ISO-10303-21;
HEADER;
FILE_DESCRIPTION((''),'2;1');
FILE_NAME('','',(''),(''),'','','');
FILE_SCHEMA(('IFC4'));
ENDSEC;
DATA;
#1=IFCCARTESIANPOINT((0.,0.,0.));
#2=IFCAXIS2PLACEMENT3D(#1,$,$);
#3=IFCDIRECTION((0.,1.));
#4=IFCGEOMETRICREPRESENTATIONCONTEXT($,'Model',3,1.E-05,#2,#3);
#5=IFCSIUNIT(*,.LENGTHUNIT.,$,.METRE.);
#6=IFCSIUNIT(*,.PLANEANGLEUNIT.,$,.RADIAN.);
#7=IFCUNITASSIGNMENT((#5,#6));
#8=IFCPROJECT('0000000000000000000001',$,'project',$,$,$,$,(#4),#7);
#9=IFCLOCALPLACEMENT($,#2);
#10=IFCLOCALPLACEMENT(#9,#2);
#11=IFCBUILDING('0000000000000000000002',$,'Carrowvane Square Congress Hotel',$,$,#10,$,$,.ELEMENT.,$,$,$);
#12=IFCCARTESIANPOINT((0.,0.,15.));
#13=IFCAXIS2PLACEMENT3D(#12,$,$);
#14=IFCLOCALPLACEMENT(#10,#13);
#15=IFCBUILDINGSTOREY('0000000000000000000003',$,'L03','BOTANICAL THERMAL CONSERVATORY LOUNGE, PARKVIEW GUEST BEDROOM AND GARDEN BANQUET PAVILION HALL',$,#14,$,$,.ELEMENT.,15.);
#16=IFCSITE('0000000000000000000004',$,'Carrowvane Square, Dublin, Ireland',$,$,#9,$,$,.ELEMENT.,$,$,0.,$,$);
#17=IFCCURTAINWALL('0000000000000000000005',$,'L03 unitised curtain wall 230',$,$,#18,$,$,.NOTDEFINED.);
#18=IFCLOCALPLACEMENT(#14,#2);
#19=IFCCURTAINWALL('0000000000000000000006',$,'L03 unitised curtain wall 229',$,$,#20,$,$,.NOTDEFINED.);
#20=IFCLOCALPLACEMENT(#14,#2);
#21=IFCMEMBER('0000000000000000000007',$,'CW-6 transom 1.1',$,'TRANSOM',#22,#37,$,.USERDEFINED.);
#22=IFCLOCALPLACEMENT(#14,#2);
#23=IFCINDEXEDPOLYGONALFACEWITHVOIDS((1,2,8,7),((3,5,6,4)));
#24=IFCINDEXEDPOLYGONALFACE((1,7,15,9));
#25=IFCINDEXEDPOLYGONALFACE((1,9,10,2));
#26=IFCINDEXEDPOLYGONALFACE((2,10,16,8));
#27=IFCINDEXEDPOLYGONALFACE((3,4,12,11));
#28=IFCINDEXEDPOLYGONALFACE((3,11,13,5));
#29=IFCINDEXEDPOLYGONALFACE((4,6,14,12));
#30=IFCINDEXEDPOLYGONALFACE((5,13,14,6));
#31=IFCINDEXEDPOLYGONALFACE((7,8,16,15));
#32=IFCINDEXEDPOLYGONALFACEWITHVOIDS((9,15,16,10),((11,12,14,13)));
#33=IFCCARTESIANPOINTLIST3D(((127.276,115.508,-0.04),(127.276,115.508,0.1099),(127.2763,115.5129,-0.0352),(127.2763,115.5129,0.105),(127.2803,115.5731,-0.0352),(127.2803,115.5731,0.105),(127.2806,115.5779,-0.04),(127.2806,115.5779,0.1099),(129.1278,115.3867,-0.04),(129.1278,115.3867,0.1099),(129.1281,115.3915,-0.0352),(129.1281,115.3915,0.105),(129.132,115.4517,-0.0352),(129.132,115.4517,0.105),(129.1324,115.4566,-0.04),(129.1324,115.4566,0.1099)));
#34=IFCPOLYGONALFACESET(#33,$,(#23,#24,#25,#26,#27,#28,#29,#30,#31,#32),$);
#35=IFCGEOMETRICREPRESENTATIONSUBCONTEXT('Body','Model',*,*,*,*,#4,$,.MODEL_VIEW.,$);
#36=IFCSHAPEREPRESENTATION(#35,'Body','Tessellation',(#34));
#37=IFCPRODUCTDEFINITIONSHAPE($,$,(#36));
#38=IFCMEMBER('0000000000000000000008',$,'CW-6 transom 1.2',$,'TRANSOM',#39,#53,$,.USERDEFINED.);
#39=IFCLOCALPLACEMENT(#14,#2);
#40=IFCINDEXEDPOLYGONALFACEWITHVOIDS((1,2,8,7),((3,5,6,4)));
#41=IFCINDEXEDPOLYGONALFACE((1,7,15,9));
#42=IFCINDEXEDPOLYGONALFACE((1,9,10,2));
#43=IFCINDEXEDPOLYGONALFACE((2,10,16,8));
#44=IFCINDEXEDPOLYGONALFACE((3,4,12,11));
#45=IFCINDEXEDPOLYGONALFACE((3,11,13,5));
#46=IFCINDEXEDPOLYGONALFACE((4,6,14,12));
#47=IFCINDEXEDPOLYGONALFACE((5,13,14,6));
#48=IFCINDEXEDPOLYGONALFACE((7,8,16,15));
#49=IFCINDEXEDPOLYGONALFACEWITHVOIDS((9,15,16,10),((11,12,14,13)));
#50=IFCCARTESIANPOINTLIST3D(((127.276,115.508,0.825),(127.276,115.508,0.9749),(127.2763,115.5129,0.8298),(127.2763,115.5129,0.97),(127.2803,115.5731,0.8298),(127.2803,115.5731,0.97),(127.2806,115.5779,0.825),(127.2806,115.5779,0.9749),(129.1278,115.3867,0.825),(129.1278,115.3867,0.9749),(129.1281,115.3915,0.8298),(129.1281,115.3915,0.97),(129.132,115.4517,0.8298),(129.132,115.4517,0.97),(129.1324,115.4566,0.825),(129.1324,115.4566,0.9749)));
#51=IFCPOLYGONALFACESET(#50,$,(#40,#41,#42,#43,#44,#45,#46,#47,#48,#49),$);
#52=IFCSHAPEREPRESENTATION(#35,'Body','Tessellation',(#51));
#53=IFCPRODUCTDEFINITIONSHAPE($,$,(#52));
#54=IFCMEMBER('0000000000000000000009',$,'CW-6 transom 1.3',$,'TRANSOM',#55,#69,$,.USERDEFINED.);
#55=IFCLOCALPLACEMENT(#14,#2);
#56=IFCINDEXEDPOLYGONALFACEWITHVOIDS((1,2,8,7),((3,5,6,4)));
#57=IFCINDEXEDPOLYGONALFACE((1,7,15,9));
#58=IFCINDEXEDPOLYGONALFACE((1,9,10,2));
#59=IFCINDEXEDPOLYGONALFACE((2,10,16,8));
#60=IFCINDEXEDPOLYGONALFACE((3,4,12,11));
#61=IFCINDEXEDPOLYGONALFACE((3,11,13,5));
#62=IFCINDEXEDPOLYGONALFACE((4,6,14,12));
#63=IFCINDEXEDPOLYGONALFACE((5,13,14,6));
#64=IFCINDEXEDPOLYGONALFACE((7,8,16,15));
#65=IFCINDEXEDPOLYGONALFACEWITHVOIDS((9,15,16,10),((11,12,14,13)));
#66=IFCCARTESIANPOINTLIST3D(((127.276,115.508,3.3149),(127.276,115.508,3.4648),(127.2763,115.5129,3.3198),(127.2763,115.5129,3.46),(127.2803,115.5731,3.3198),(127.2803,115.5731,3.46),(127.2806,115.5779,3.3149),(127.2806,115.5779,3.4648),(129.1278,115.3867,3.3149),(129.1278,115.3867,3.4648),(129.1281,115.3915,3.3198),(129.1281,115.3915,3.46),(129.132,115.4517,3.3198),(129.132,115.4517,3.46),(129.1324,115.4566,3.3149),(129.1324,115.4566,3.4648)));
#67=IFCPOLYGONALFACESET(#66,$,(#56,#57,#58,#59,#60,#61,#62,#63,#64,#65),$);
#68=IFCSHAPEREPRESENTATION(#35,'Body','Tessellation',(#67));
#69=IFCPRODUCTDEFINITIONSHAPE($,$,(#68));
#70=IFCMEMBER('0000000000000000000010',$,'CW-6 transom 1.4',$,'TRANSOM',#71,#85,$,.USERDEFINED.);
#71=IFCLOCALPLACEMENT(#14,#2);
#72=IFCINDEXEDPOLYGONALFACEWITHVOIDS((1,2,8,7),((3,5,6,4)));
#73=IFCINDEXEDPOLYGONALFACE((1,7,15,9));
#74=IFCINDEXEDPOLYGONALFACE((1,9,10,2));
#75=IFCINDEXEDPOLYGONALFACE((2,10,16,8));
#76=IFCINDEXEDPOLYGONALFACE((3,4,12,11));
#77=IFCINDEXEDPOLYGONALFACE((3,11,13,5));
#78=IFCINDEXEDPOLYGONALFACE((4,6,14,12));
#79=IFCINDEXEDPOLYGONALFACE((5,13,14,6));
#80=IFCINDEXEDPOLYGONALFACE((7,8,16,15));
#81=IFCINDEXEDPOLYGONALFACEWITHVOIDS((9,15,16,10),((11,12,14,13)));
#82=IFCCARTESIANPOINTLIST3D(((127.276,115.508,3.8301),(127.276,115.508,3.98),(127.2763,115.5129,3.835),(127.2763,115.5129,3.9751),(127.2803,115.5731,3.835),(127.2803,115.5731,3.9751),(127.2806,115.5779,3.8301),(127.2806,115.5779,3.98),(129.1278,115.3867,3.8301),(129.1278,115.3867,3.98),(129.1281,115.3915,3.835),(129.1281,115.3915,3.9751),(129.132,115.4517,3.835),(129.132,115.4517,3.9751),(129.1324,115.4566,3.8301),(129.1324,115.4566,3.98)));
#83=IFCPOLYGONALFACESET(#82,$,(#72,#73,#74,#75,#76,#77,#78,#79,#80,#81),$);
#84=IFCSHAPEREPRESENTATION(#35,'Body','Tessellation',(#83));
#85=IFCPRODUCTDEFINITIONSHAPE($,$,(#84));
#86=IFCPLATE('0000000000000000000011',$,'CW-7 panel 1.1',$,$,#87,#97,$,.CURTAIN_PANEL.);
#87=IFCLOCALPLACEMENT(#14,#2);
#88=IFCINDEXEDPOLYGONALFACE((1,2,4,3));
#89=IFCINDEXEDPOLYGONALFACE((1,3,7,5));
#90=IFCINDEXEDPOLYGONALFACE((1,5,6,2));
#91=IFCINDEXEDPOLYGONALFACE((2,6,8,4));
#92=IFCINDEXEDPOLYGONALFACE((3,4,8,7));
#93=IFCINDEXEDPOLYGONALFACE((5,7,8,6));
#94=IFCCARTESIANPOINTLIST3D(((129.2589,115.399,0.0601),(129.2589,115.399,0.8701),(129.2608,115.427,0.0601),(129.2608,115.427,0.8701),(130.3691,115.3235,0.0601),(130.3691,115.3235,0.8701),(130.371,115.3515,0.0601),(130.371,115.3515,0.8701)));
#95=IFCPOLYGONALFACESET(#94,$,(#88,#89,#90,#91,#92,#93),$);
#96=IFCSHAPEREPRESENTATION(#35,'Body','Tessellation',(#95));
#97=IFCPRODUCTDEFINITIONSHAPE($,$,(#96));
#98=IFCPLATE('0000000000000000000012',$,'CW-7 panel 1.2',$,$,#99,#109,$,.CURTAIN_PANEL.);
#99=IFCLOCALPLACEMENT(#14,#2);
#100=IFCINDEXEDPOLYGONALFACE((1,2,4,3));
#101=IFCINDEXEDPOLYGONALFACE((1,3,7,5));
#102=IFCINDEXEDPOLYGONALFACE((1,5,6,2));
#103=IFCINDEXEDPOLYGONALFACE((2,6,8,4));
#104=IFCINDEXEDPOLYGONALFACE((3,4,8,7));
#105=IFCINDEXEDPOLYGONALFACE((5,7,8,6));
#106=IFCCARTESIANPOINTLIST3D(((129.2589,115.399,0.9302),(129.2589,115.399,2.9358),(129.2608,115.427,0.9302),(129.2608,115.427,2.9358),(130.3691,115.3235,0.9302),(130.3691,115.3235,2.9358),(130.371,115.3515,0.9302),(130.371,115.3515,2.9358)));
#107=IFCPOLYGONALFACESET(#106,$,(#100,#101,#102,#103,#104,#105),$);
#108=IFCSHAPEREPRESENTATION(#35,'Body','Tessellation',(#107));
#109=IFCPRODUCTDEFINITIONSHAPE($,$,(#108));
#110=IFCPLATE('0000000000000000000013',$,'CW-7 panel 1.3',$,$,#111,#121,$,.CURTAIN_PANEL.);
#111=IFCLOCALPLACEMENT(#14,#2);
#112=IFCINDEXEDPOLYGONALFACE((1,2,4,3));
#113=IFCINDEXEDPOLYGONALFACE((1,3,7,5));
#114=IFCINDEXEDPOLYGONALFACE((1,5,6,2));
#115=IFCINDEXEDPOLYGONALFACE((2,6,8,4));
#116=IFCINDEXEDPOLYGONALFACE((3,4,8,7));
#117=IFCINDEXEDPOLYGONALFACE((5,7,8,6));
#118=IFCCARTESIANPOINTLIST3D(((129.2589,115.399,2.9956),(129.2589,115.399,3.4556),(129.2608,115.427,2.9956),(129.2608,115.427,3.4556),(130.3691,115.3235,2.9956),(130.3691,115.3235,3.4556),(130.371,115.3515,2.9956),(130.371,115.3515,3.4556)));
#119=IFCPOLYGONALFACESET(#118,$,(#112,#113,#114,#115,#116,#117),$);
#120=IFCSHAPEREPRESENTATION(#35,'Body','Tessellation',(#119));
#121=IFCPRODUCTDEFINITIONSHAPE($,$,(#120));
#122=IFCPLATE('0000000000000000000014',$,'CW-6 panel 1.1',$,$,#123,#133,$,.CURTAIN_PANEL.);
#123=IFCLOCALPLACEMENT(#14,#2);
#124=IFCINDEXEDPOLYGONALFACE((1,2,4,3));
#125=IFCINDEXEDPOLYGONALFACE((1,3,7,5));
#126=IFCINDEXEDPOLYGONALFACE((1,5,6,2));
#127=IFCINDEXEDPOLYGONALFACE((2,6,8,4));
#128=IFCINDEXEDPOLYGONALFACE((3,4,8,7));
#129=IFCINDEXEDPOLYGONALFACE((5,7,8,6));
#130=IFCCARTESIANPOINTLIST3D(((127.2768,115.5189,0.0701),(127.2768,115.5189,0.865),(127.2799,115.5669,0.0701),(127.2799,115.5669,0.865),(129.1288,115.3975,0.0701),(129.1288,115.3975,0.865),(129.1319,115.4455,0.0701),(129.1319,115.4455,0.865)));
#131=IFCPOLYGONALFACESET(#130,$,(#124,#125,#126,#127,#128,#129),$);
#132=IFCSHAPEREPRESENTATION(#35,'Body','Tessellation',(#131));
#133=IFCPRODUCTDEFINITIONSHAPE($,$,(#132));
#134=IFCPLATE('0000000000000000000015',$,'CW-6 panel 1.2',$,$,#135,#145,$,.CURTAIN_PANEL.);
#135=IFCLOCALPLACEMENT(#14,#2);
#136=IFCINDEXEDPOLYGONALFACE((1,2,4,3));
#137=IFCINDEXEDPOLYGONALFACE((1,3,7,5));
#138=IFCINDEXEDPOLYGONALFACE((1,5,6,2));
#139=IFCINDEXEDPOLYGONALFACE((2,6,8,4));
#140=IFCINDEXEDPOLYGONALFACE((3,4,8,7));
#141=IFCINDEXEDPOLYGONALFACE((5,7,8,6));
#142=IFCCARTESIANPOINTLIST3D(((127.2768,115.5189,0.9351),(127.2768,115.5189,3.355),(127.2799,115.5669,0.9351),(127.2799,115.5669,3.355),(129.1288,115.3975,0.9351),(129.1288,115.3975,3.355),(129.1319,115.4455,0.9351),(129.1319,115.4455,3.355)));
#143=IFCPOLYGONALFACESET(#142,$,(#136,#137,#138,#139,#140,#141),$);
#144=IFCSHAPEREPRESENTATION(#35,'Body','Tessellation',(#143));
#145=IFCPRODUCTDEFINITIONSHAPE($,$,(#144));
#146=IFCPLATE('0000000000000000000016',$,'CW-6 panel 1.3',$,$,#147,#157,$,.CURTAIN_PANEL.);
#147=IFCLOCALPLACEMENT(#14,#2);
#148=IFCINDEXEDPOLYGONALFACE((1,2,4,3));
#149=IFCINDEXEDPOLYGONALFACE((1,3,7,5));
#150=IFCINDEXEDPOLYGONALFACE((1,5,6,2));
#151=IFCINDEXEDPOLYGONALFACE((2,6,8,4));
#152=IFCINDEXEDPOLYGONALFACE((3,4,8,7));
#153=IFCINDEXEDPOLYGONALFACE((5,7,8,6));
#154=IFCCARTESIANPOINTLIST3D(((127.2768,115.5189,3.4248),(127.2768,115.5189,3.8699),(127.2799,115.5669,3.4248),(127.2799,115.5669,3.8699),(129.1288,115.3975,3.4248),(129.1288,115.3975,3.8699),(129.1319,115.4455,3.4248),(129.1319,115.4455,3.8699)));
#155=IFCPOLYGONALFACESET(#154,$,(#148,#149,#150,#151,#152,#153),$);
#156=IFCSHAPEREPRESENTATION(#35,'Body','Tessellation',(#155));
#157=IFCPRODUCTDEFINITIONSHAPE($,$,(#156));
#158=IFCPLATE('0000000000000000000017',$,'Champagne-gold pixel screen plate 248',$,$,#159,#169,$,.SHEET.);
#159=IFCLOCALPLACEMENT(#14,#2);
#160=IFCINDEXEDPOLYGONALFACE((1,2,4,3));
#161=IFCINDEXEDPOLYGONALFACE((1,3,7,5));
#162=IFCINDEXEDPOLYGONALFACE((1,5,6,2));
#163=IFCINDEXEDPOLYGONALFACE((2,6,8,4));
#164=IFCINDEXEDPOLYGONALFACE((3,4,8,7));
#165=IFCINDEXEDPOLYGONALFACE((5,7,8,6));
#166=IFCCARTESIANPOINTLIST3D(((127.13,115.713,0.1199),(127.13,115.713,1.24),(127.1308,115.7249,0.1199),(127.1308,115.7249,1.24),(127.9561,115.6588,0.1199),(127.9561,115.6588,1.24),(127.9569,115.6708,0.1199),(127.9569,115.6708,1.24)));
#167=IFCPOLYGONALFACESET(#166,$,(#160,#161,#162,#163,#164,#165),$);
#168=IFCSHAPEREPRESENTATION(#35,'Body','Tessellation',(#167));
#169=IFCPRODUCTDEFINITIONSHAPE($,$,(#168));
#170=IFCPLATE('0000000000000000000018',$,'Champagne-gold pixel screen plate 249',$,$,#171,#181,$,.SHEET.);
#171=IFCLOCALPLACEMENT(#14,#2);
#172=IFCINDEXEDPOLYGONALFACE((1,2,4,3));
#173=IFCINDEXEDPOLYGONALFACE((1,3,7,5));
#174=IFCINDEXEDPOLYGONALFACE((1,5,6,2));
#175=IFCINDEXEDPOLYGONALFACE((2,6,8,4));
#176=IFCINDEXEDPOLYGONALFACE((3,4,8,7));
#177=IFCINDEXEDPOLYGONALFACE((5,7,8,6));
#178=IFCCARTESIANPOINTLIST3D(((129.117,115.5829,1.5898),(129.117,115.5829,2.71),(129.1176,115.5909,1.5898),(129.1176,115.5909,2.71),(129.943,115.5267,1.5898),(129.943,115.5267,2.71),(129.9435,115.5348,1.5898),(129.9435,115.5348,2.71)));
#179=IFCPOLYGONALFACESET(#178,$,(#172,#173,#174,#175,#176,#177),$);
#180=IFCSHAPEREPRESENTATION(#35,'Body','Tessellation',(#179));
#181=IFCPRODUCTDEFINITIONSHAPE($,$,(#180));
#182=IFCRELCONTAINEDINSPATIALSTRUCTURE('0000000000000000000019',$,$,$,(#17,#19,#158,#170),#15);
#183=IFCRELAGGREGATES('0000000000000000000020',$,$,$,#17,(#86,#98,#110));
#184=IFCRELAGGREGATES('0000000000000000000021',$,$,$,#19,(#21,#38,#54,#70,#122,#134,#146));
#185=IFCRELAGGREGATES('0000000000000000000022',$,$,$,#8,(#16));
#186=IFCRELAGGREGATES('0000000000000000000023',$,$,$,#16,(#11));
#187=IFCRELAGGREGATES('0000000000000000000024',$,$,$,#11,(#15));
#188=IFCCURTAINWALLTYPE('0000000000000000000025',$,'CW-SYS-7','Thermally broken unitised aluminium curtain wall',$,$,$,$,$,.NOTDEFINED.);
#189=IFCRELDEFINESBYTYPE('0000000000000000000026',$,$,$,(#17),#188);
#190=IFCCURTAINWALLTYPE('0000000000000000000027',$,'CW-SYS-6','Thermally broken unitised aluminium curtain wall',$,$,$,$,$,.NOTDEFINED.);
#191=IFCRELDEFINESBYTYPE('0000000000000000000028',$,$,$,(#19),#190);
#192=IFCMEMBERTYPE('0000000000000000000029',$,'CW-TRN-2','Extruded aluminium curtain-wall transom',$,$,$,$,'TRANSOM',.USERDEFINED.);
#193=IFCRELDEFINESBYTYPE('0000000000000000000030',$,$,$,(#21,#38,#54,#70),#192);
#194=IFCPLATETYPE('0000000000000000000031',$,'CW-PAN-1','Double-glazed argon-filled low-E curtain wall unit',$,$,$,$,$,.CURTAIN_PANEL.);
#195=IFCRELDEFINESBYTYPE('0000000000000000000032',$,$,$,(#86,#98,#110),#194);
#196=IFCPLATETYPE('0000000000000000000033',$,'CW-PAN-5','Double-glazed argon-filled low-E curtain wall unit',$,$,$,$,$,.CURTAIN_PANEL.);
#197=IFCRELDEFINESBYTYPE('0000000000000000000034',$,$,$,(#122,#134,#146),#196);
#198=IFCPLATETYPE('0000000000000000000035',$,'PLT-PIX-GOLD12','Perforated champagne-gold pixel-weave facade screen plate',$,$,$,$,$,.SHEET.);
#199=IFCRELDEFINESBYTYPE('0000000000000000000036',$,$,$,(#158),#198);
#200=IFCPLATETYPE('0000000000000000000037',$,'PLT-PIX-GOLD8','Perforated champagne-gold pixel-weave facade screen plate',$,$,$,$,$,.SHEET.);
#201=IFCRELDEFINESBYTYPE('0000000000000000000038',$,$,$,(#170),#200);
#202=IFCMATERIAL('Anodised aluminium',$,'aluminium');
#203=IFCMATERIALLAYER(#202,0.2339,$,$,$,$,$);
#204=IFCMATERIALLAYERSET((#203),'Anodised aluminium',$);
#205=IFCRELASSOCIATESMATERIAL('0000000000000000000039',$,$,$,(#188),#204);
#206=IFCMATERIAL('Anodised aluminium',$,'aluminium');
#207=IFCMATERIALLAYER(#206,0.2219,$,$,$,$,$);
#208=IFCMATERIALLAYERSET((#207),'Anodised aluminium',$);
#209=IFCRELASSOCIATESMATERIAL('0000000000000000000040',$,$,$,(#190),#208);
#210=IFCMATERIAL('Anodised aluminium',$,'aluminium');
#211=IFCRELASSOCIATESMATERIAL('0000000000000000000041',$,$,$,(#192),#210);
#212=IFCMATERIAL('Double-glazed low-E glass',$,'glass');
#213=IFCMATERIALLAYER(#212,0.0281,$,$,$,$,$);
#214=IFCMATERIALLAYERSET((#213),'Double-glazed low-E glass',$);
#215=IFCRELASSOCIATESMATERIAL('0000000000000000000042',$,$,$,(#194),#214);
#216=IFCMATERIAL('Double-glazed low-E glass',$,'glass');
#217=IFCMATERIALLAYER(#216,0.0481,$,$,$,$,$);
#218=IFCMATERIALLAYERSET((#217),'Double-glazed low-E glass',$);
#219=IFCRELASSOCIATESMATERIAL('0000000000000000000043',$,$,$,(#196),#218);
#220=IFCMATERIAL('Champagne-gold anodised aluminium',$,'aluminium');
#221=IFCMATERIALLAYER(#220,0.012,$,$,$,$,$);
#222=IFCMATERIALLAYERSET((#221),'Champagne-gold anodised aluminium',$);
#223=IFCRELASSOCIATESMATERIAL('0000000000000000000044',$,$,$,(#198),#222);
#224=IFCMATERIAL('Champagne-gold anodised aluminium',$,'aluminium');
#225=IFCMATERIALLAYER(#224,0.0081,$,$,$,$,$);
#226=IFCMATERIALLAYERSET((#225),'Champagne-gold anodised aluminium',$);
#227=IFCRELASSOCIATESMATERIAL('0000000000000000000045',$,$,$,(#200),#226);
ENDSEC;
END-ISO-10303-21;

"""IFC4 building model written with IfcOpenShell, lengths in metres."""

from ifc_helpers import new_model, si_unit, direction, frame, origin, origin_2d, place, context, subcontext, project, spatial, rectangle, hollow_rectangle, extrude, material, layer, layer_set, material_profile, profile_set, type_object, element, aggregate, save


model = new_model("IFC4")

# Units and contexts
model_context = context("Model", 3, precision=1e-05, world=origin(), true_north=direction((0.0, 1.0)))
body_context = subcontext(model_context, "Body", "Model", "MODEL_VIEW")
ifc_project = project(units=[si_unit("LENGTHUNIT", "METRE"), si_unit("PLANEANGLEUNIT", "RADIAN")], contexts=[model_context])

# Site, building, storey
site_placement = place(None, origin())
site = spatial("IfcSite", under=ifc_project, at=site_placement, Name="Carrowvane Square, Dublin, Ireland", CompositionType="ELEMENT", RefElevation=0.0)
building_placement = place(site_placement, origin())
building = spatial("IfcBuilding", under=site, at=building_placement, Name="Carrowvane Square Congress Hotel", CompositionType="ELEMENT")
storey_placement = place(building_placement, frame((0.0, 0.0, 15.0)))
storey = spatial("IfcBuildingStorey", under=building, at=storey_placement, Name="L03", Description="BOTANICAL THERMAL CONSERVATORY LOUNGE, PARKVIEW GUEST BEDROOM AND GARDEN BANQUET PAVILION HALL", CompositionType="ELEMENT", Elevation=15.0)

# Curtain walls
ifc_material_1 = material(Name="Anodised aluminium", Category="aluminium")
ifc_layer_1 = layer(ifc_material_1, 0.2339)
ifc_layer_set_1 = layer_set([ifc_layer_1], Name="Anodised aluminium")
curtain_wall_type_1 = type_object("IfcCurtainWallType", Name="CW-SYS-7", Description="Thermally broken unitised aluminium curtain wall", PredefinedType="NOTDEFINED", material=ifc_layer_set_1)
curtain_wall_1_placement = place(storey_placement, origin())
curtain_wall_1 = element("IfcCurtainWall", 1, at=curtain_wall_1_placement, inside=storey, type_object=curtain_wall_type_1, Name="L03 unitised curtain wall 230", PredefinedType="NOTDEFINED")
ifc_material_2 = material(Name="Anodised aluminium", Category="aluminium")
ifc_layer_2 = layer(ifc_material_2, 0.2219)
ifc_layer_set_2 = layer_set([ifc_layer_2], Name="Anodised aluminium")
curtain_wall_type_2 = type_object("IfcCurtainWallType", Name="CW-SYS-6", Description="Thermally broken unitised aluminium curtain wall", PredefinedType="NOTDEFINED", material=ifc_layer_set_2)
curtain_wall_2_placement = place(storey_placement, origin())
curtain_wall_2 = element("IfcCurtainWall", 2, at=curtain_wall_2_placement, inside=storey, type_object=curtain_wall_type_2, Name="L03 unitised curtain wall 229", PredefinedType="NOTDEFINED")

# Members
ifc_material_3 = material(Name="Anodised aluminium", Category="aluminium")
ifc_material_profile_1 = material_profile(ifc_material_3, hollow_rectangle(XDim=0.0701, YDim=0.1499, WallThickness=0.0049, at=origin_2d()), Name="CW-TR 70x150x5")
ifc_profile_set_1 = profile_set([ifc_material_profile_1], Name="Anodised aluminium")
member_type_1 = type_object("IfcMemberType", Name="CW-TRN-2", Description="Extruded aluminium curtain-wall transom", ElementType="TRANSOM", PredefinedType="USERDEFINED", material=ifc_profile_set_1)
member_1_placement = place(storey_placement, frame((127.2783, 115.543, 0.0349), z_axis=(0.99786, -0.065384, 0.0), x_axis=(0.065384, 0.99786, 0.0)))
member_1 = element("IfcMember", 3, at=member_1_placement, type_object=member_type_1, Name="CW-6 transom 1.1", ObjectType="TRANSOM", PredefinedType="USERDEFINED", context=body_context, shape_type="SweptSolid", body=[
    extrude(hollow_rectangle(XDim=0.0701, YDim=0.1499, WallThickness=0.0049, at=origin_2d()), origin(), (0.0, 0.0, 1.0), 1.8557),
])
member_2_placement = place(storey_placement, frame((127.2783, 115.543, 0.8999), z_axis=(0.99786, -0.065384, 0.0), x_axis=(0.065384, 0.99786, 0.0)))
member_2 = element("IfcMember", 4, at=member_2_placement, type_object=member_type_1, Name="CW-6 transom 1.2", ObjectType="TRANSOM", PredefinedType="USERDEFINED", context=body_context, shape_type="SweptSolid", body=[
    extrude(hollow_rectangle(XDim=0.0701, YDim=0.1499, WallThickness=0.0049, at=origin_2d()), origin(), (0.0, 0.0, 1.0), 1.8557),
])
member_3_placement = place(storey_placement, frame((127.2783, 115.543, 3.3899), z_axis=(0.99786, -0.065384, 0.0), x_axis=(0.065384, 0.99786, 0.0)))
member_3 = element("IfcMember", 5, at=member_3_placement, type_object=member_type_1, Name="CW-6 transom 1.3", ObjectType="TRANSOM", PredefinedType="USERDEFINED", context=body_context, shape_type="SweptSolid", body=[
    extrude(hollow_rectangle(XDim=0.0701, YDim=0.1499, WallThickness=0.0049, at=origin_2d()), origin(), (0.0, 0.0, 1.0), 1.8557),
])
member_4_placement = place(storey_placement, frame((127.2783, 115.543, 3.905), z_axis=(0.99786, -0.065384, 0.0), x_axis=(0.065384, 0.99786, 0.0)))
member_4 = element("IfcMember", 6, at=member_4_placement, type_object=member_type_1, Name="CW-6 transom 1.4", ObjectType="TRANSOM", PredefinedType="USERDEFINED", context=body_context, shape_type="SweptSolid", body=[
    extrude(hollow_rectangle(XDim=0.0701, YDim=0.1499, WallThickness=0.0049, at=origin_2d()), origin(), (0.0, 0.0, 1.0), 1.8557),
])

# Plates
ifc_material_4 = material(Name="Double-glazed low-E glass", Category="glass")
ifc_layer_3 = layer(ifc_material_4, 0.0281)
ifc_layer_set_3 = layer_set([ifc_layer_3], Name="Double-glazed low-E glass")
plate_type_1 = type_object("IfcPlateType", Name="CW-PAN-1", Description="Double-glazed argon-filled low-E curtain wall unit", PredefinedType="CURTAIN_PANEL", material=ifc_layer_set_3)
plate_1_placement = place(storey_placement, frame((129.8149, 115.3752, 0.0601), z_axis=(0.0, 0.0, 1.0), x_axis=(0.997694, -0.06787, 0.0)))
plate_1 = element("IfcPlate", 7, at=plate_1_placement, type_object=plate_type_1, Name="CW-7 panel 1.1", PredefinedType="CURTAIN_PANEL", context=body_context, shape_type="SweptSolid", body=[
    extrude(rectangle(XDim=1.1128, YDim=0.0281, at=origin_2d()), origin(), (0.0, 0.0, 1.0), 0.8101),
])
plate_2_placement = place(storey_placement, frame((129.8149, 115.3752, 0.9302), z_axis=(0.0, 0.0, 1.0), x_axis=(0.997694, -0.06787, 0.0)))
plate_2 = element("IfcPlate", 8, at=plate_2_placement, type_object=plate_type_1, Name="CW-7 panel 1.2", PredefinedType="CURTAIN_PANEL", context=body_context, shape_type="SweptSolid", body=[
    extrude(rectangle(XDim=1.1128, YDim=0.0281, at=origin_2d()), origin(), (0.0, 0.0, 1.0), 2.0056),
])
plate_3_placement = place(storey_placement, frame((129.8149, 115.3752, 2.9956), z_axis=(0.0, 0.0, 1.0), x_axis=(0.997694, -0.06787, 0.0)))
plate_3 = element("IfcPlate", 9, at=plate_3_placement, type_object=plate_type_1, Name="CW-7 panel 1.3", PredefinedType="CURTAIN_PANEL", context=body_context, shape_type="SweptSolid", body=[
    extrude(rectangle(XDim=1.1128, YDim=0.0281, at=origin_2d()), origin(), (0.0, 0.0, 1.0), 0.46),
])
aggregate(curtain_wall_1, [plate_1, plate_2, plate_3])
ifc_material_5 = material(Name="Double-glazed low-E glass", Category="glass")
ifc_layer_4 = layer(ifc_material_5, 0.0481)
ifc_layer_set_4 = layer_set([ifc_layer_4], Name="Double-glazed low-E glass")
plate_type_2 = type_object("IfcPlateType", Name="CW-PAN-5", Description="Double-glazed argon-filled low-E curtain wall unit", PredefinedType="CURTAIN_PANEL", material=ifc_layer_set_4)
plate_4_placement = place(storey_placement, frame((128.2043, 115.4822, 0.0701), z_axis=(0.0, 0.0, 1.0), x_axis=(0.997858, -0.065414, 0.0)))
plate_4 = element("IfcPlate", 10, at=plate_4_placement, type_object=plate_type_2, Name="CW-6 panel 1.1", PredefinedType="CURTAIN_PANEL", context=body_context, shape_type="SweptSolid", body=[
    extrude(rectangle(XDim=1.856, YDim=0.0481, at=origin_2d()), origin(), (0.0, 0.0, 1.0), 0.7949),
])
plate_5_placement = place(storey_placement, frame((128.2043, 115.4822, 0.9351), z_axis=(0.0, 0.0, 1.0), x_axis=(0.997858, -0.065414, 0.0)))
plate_5 = element("IfcPlate", 11, at=plate_5_placement, type_object=plate_type_2, Name="CW-6 panel 1.2", PredefinedType="CURTAIN_PANEL", context=body_context, shape_type="SweptSolid", body=[
    extrude(rectangle(XDim=1.856, YDim=0.0481, at=origin_2d()), origin(), (0.0, 0.0, 1.0), 2.4199),
])
plate_6_placement = place(storey_placement, frame((128.2043, 115.4822, 3.4248), z_axis=(0.0, 0.0, 1.0), x_axis=(0.997858, -0.065414, 0.0)))
plate_6 = element("IfcPlate", 12, at=plate_6_placement, type_object=plate_type_2, Name="CW-6 panel 1.3", PredefinedType="CURTAIN_PANEL", context=body_context, shape_type="SweptSolid", body=[
    extrude(rectangle(XDim=1.856, YDim=0.0481, at=origin_2d()), origin(), (0.0, 0.0, 1.0), 0.4451),
])
aggregate(curtain_wall_2, [member_1, member_2, member_3, member_4, plate_4, plate_5, plate_6])

# Plates
ifc_material_6 = material(Name="Champagne-gold anodised aluminium", Category="aluminium")
ifc_layer_5 = layer(ifc_material_6, 0.012)
ifc_layer_set_5 = layer_set([ifc_layer_5], Name="Champagne-gold anodised aluminium")
plate_type_3 = type_object("IfcPlateType", Name="PLT-PIX-GOLD12", Description="Perforated champagne-gold pixel-weave facade screen plate", PredefinedType="SHEET", material=ifc_layer_set_5)
plate_7_placement = place(storey_placement, frame((127.5435, 115.6919, 0.1199), z_axis=(0.0, 0.0, 1.0), x_axis=(0.997858, -0.065413, 0.0)))
element("IfcPlate", 13, at=plate_7_placement, inside=storey, type_object=plate_type_3, Name="Champagne-gold pixel screen plate 248", PredefinedType="SHEET", context=body_context, shape_type="SweptSolid", body=[
    extrude(rectangle(XDim=0.8279, YDim=0.012, at=origin_2d()), origin(), (0.0, 0.0, 1.0), 1.1201),
])
ifc_material_7 = material(Name="Champagne-gold anodised aluminium", Category="aluminium")
ifc_layer_6 = layer(ifc_material_7, 0.0081)
ifc_layer_set_6 = layer_set([ifc_layer_6], Name="Champagne-gold anodised aluminium")
plate_type_4 = type_object("IfcPlateType", Name="PLT-PIX-GOLD8", Description="Perforated champagne-gold pixel-weave facade screen plate", PredefinedType="SHEET", material=ifc_layer_set_6)
plate_8_placement = place(storey_placement, frame((129.5303, 115.5588, 1.5898), z_axis=(0.0, 0.0, 1.0), x_axis=(0.997694, -0.067866, 0.0)))
element("IfcPlate", 14, at=plate_8_placement, inside=storey, type_object=plate_type_4, Name="Champagne-gold pixel screen plate 249", PredefinedType="SHEET", context=body_context, shape_type="SweptSolid", body=[
    extrude(rectangle(XDim=0.8279, YDim=0.0081, at=origin_2d()), origin(), (0.0, 0.0, 1.0), 1.1201),
])

save(model, "model.ifc")
